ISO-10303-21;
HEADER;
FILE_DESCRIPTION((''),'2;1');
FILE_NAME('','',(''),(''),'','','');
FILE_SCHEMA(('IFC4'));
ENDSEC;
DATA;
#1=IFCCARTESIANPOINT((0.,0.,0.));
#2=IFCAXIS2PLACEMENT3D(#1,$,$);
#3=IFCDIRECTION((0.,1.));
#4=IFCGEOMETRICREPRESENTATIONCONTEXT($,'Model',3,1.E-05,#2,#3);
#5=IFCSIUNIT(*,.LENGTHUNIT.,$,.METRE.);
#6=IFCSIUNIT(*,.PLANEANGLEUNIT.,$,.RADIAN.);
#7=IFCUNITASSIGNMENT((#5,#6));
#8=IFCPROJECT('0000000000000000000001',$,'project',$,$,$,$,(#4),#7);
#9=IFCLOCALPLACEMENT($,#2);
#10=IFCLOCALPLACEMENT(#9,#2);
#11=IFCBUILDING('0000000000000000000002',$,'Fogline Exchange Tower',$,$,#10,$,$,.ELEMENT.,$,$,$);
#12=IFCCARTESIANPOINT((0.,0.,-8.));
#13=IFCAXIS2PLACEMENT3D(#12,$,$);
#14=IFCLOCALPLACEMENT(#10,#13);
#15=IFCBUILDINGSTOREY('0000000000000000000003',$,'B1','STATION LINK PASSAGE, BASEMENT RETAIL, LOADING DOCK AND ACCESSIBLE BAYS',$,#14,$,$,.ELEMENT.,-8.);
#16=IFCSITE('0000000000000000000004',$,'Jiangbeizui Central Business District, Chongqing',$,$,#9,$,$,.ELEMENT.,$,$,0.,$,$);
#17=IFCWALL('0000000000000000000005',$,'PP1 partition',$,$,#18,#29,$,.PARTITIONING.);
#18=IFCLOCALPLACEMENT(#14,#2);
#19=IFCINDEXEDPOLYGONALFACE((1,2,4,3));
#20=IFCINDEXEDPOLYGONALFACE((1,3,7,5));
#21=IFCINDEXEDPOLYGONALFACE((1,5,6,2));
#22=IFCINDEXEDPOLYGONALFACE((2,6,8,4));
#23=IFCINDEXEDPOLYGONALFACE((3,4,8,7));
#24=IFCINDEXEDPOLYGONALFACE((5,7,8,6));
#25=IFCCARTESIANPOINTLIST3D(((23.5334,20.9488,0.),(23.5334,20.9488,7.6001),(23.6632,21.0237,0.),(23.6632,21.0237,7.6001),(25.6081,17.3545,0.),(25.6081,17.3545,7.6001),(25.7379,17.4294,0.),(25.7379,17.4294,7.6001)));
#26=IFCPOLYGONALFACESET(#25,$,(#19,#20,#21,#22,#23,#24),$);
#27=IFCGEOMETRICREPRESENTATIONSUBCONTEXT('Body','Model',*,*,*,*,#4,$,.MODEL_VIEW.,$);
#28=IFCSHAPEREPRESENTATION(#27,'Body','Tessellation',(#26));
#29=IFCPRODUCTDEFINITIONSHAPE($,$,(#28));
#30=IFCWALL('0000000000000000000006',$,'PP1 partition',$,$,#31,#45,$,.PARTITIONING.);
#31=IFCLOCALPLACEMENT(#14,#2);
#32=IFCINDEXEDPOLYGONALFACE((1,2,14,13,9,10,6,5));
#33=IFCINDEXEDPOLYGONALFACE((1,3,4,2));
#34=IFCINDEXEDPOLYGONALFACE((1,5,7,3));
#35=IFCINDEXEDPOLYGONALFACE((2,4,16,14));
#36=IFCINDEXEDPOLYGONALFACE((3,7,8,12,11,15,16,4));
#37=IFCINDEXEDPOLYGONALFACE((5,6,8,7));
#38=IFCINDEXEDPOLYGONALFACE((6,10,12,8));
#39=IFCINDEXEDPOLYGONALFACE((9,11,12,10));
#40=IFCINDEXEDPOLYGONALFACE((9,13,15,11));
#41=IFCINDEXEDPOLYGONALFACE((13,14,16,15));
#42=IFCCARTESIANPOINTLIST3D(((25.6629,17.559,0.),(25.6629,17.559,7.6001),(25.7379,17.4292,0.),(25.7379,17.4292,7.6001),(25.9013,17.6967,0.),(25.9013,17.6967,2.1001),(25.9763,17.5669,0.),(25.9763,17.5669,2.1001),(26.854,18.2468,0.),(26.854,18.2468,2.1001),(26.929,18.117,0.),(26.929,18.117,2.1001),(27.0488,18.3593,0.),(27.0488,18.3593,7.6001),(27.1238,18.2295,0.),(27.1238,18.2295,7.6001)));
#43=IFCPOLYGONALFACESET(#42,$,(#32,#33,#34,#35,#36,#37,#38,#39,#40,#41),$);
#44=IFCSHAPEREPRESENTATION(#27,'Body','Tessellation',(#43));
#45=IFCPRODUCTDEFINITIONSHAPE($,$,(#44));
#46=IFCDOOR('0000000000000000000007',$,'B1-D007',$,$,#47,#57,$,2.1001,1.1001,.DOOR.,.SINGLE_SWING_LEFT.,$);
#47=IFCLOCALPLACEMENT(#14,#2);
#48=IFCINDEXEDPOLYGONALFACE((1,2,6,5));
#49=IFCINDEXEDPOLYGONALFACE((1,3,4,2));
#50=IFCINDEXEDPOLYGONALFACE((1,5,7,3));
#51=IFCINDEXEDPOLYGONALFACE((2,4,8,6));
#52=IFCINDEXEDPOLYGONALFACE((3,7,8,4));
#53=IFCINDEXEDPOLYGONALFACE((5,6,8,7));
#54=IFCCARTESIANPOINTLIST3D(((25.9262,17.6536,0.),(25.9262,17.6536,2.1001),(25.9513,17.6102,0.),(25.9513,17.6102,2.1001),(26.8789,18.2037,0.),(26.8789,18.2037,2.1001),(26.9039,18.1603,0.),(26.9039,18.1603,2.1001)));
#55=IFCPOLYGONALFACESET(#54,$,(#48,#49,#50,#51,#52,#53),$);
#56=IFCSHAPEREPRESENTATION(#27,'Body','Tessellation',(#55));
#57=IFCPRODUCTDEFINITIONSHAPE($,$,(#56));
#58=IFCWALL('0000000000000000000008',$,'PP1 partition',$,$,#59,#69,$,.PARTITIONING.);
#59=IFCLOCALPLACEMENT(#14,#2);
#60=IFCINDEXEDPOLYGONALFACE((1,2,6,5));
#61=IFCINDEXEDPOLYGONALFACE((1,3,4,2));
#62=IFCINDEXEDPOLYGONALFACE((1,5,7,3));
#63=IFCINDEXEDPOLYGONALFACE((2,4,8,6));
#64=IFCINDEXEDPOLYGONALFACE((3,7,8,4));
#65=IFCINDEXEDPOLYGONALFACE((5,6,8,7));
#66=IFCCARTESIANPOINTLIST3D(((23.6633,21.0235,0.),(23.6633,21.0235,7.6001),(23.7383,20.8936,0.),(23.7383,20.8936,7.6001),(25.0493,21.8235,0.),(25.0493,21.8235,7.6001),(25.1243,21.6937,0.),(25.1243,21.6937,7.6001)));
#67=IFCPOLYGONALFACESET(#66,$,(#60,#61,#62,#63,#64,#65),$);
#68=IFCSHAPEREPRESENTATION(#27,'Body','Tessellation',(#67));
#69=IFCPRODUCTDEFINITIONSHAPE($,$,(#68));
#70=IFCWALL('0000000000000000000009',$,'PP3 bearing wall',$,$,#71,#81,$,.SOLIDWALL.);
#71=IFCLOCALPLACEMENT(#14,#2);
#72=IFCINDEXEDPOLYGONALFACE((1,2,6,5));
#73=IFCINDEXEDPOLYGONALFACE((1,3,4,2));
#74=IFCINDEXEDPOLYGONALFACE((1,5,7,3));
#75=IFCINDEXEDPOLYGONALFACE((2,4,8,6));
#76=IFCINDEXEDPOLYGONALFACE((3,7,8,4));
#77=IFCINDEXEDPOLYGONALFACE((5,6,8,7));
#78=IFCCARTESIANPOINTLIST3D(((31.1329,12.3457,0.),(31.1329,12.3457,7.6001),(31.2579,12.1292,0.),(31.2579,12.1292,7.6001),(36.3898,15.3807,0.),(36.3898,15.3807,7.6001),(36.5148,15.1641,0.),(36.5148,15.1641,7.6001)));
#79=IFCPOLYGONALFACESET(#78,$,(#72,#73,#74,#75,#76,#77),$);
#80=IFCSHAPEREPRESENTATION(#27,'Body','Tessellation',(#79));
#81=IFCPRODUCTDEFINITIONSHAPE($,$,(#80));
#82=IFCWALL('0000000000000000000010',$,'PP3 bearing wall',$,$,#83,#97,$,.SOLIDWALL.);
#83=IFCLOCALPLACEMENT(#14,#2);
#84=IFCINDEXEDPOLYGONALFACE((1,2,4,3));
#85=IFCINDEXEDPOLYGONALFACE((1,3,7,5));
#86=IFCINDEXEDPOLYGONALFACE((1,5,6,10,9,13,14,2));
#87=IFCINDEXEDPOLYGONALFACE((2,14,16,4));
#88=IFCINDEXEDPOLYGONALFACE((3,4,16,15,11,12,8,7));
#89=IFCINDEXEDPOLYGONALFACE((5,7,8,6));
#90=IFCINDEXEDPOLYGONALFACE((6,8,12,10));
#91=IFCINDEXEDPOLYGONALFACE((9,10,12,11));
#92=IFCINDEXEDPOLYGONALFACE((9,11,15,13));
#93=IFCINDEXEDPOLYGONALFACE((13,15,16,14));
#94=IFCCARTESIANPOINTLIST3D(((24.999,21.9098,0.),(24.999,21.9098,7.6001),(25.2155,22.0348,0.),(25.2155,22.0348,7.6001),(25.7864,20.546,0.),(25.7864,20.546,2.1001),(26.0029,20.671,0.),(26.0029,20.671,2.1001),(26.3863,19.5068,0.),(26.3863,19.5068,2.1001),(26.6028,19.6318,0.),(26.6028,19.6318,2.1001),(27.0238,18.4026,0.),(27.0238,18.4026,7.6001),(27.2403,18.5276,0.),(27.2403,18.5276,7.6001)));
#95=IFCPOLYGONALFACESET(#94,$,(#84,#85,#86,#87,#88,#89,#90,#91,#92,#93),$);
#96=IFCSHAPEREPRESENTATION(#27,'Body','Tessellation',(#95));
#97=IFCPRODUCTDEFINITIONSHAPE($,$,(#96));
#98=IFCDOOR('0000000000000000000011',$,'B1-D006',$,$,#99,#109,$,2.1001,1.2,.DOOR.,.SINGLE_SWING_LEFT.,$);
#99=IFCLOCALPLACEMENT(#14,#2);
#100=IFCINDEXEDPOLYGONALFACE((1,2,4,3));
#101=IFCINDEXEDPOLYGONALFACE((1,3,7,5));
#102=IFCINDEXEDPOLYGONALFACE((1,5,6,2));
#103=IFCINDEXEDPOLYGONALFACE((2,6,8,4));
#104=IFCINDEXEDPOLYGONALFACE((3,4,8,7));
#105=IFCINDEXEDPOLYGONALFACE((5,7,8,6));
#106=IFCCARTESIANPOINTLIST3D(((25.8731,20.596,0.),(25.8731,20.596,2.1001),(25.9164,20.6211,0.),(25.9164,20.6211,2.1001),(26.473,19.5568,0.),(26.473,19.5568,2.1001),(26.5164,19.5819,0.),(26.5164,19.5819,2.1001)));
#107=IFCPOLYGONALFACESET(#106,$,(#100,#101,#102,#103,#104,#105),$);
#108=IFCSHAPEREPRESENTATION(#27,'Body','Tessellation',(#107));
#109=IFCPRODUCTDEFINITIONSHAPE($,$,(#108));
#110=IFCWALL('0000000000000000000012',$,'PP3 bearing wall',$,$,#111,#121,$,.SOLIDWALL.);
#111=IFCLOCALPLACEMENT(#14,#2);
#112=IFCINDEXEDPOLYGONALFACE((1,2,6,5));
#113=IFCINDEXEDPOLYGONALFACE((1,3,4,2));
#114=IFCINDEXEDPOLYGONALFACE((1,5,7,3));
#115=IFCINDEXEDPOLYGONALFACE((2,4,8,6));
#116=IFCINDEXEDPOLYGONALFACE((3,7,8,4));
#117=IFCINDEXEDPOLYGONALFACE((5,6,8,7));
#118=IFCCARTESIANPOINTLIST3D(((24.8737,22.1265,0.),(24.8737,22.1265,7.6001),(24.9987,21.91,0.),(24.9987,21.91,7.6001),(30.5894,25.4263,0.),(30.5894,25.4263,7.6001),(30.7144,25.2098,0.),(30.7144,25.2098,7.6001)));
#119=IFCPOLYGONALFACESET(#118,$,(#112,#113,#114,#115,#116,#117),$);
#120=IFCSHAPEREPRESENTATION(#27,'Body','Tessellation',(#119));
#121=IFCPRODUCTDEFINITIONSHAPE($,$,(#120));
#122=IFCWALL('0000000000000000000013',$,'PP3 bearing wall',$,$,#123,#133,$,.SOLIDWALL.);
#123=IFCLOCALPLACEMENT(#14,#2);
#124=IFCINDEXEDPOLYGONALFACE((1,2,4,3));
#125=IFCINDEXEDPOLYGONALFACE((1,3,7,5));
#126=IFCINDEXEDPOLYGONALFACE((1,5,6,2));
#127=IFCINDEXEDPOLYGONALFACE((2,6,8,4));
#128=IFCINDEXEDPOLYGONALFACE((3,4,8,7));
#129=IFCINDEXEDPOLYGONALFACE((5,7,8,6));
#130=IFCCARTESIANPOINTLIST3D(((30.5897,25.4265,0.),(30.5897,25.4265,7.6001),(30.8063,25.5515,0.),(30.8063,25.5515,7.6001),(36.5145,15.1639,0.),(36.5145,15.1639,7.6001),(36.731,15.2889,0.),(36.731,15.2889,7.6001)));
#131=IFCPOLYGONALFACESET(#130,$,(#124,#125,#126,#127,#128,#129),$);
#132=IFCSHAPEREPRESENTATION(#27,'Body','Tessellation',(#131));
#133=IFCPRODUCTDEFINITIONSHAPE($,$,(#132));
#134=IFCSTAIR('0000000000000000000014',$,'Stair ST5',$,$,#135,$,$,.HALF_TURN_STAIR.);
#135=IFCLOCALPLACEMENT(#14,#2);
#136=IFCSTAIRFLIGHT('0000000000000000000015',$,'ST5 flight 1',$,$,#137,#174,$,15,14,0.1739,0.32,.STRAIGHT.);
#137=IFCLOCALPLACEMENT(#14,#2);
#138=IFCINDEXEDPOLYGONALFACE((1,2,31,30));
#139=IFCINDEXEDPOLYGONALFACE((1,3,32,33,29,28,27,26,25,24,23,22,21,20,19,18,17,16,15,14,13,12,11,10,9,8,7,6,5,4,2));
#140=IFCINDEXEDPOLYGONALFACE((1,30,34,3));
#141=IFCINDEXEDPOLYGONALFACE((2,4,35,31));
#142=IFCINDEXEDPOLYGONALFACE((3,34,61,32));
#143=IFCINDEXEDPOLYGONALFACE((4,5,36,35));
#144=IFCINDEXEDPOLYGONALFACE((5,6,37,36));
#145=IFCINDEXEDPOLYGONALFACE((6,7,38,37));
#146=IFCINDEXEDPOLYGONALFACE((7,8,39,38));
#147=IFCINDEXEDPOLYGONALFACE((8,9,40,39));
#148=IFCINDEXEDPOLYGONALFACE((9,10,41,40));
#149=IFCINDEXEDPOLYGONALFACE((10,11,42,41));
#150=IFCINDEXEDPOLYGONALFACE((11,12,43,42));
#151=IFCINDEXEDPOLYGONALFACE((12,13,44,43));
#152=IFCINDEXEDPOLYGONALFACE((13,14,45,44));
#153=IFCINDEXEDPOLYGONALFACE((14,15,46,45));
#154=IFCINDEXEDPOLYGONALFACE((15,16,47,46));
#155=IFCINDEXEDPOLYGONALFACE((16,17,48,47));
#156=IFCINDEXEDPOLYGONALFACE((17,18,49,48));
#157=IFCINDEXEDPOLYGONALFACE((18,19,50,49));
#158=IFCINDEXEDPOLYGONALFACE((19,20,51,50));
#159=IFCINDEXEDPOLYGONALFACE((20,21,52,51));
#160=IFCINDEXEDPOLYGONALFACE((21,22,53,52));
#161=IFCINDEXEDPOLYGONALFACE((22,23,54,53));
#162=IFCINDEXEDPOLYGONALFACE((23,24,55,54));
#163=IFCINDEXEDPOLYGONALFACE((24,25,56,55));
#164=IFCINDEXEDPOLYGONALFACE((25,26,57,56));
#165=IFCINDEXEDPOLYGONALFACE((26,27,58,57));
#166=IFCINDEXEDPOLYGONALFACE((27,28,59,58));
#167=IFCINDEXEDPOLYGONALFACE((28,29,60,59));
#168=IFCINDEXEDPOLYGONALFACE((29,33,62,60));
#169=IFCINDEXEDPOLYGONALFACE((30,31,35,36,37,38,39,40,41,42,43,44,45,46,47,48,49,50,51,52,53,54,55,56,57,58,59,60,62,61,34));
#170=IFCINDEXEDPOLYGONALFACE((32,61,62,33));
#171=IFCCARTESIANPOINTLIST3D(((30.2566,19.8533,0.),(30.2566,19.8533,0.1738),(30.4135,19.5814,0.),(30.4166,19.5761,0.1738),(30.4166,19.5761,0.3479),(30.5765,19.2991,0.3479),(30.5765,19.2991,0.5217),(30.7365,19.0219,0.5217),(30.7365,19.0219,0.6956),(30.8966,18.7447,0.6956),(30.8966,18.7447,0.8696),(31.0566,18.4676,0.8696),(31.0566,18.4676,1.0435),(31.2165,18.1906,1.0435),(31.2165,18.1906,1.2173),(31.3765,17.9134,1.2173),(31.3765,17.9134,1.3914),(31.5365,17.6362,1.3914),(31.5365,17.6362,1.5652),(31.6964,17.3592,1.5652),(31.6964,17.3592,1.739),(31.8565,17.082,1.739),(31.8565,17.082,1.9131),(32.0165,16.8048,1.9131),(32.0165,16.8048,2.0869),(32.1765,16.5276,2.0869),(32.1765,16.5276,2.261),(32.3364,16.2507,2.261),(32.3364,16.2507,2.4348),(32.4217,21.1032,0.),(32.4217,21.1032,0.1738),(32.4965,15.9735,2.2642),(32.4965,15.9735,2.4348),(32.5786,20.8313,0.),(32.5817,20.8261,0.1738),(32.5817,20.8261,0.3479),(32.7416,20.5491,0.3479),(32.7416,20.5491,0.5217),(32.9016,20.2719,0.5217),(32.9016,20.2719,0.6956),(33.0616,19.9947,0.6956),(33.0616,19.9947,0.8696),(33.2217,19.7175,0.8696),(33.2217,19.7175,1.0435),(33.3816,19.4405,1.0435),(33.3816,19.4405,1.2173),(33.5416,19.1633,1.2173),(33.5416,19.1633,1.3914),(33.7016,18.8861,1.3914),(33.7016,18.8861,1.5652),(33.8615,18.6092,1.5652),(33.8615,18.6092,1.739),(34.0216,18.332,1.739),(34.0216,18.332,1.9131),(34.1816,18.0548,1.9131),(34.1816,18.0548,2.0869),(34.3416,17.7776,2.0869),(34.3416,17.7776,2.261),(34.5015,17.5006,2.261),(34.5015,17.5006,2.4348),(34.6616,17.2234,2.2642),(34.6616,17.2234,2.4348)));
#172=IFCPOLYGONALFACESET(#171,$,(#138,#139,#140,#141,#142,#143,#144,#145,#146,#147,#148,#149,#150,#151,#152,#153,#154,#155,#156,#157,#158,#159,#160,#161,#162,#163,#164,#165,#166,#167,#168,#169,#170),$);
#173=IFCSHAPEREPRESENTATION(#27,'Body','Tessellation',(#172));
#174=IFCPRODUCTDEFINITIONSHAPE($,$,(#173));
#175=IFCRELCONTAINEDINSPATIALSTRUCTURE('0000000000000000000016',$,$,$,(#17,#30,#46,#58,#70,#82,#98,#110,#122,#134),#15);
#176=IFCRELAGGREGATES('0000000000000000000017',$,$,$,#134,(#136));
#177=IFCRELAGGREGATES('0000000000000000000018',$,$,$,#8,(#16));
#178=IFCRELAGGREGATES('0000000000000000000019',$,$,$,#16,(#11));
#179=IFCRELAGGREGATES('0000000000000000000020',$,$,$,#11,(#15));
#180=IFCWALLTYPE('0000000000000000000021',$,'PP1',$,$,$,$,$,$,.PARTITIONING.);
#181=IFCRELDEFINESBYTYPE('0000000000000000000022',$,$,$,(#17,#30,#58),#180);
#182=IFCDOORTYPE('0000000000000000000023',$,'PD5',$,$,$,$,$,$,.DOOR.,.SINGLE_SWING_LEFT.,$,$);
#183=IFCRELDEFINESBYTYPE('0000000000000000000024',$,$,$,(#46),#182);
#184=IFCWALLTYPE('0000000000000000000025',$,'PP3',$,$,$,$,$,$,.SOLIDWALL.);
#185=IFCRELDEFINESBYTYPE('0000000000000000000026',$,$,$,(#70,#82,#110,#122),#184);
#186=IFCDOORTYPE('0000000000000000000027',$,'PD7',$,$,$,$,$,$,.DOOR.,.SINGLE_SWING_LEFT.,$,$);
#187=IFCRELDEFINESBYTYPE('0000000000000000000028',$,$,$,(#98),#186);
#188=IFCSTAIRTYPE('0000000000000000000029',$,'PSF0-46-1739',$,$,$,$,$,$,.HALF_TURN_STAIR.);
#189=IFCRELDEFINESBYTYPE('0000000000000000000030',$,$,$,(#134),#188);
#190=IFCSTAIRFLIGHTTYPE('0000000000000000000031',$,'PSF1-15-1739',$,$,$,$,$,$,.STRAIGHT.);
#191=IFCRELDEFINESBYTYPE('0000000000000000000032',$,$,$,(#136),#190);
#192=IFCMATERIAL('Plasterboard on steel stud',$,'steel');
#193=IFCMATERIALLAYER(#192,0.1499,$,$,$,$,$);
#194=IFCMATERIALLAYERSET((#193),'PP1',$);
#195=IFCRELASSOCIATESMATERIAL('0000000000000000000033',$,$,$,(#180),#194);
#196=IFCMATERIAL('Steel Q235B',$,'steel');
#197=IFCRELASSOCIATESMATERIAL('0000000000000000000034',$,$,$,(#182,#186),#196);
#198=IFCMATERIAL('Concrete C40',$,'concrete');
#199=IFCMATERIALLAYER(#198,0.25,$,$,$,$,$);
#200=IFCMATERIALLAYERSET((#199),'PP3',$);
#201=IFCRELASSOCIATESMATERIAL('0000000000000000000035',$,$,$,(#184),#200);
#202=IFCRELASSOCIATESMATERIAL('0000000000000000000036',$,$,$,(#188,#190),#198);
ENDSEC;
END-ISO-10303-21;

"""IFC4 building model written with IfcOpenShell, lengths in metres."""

from ifc_helpers import new_model, si_unit, direction, frame, frame_2d, origin, place, context, subcontext, project, spatial, polyline, rectangle, outline, extrude, material, layer, layer_set, type_object, element, fill, aggregate, save


model = new_model("IFC4")

# Units and contexts
model_context = context("Model", 3, precision=1e-05, world=origin(), true_north=direction((0.0, 1.0)))
body_context = subcontext(model_context, "Body", "Model", "MODEL_VIEW")
ifc_project = project(units=[si_unit("LENGTHUNIT", "METRE"), si_unit("PLANEANGLEUNIT", "RADIAN")], contexts=[model_context])

# Site, building, storey
site_placement = place(None, origin())
site = spatial("IfcSite", under=ifc_project, at=site_placement, Name="Jiangbeizui Central Business District, Chongqing", CompositionType="ELEMENT", RefElevation=0.0)
building_placement = place(site_placement, origin())
building = spatial("IfcBuilding", under=site, at=building_placement, Name="Fogline Exchange Tower", CompositionType="ELEMENT")
storey_placement = place(building_placement, frame((0.0, 0.0, -8.0)))
storey = spatial("IfcBuildingStorey", under=building, at=storey_placement, Name="B1", Description="STATION LINK PASSAGE, BASEMENT RETAIL, LOADING DOCK AND ACCESSIBLE BAYS", CompositionType="ELEMENT", Elevation=-8.0)

# Wall
ifc_material_1 = material(Name="Plasterboard on steel stud", Category="steel")
ifc_layer_1 = layer(ifc_material_1, 0.1499)
ifc_layer_set_1 = layer_set([ifc_layer_1], Name="PP1")
wall_type_1 = type_object("IfcWallType", Name="PP1", PredefinedType="PARTITIONING", material=ifc_layer_set_1)
wall_1_placement = place(storey_placement, frame((25.6731, 17.3918, 0.0), z_axis=(0.0, 0.0, 1.0), x_axis=(-0.499923, 0.86607, 0.0)))
element("IfcWall", 1, at=wall_1_placement, inside=storey, type_object=wall_type_1, Name="PP1 partition", PredefinedType="PARTITIONING", context=body_context, shape_type="SweptSolid", body=[
    extrude(rectangle(XDim=4.1501, YDim=0.1499, at=frame_2d((2.0752, 0.0))), origin(), (0.0, 0.0, 1.0), 7.6001),
])

# Wall, opening, door
wall_2_placement = place(storey_placement, frame((27.0864, 18.2944, 0.0), z_axis=(0.0, 0.0, 1.0), x_axis=(-0.866, -0.500044, 0.0)))
wall_2 = element("IfcWall", 2, at=wall_2_placement, inside=storey, type_object=wall_type_1, Name="PP1 partition", PredefinedType="PARTITIONING", context=body_context, shape_type="SweptSolid", body=[
    extrude(rectangle(XDim=1.6003, YDim=0.1499, at=frame_2d((0.8003, 0.0))), origin(), (0.0, 0.0, 1.0), 7.6001),
])
opening_1_placement = place(wall_2_placement, frame((0.2251, 0.0, 0.0)))
opening_1 = element("IfcOpeningElement", 3, at=opening_1_placement, cuts=wall_2, PredefinedType="OPENING", context=body_context, shape_type="SweptSolid", body=[
    extrude(rectangle(XDim=1.1001, YDim=2.1001, at=frame_2d((0.55, 1.05))), frame((0.0, 0.085, 0.0), z_axis=(0.0, -1.0, 0.0), x_axis=(1.0, 0.0, 0.0)), (0.0, 0.0, 1.0), 0.1699),
])
ifc_material_2 = material(Name="Steel Q235B", Category="steel")
door_type_1 = type_object("IfcDoorType", Name="PD5", OperationType="SINGLE_SWING_LEFT", PredefinedType="DOOR", material=ifc_material_2)
door_1_placement = place(opening_1_placement, origin())
door_1 = element("IfcDoor", 4, at=door_1_placement, inside=storey, type_object=door_type_1, Name="B1-D007", OperationType="SINGLE_SWING_LEFT", OverallHeight=2.1001, OverallWidth=1.1001, PredefinedType="DOOR", context=body_context, shape_type="SweptSolid", body=[
    extrude(rectangle(XDim=1.1001, YDim=2.1001, at=frame_2d((0.55, 1.05))), frame((0.0, 0.0249, 0.0), z_axis=(0.0, -1.0, 0.0), x_axis=(1.0, 0.0, 0.0)), (0.0, 0.0, 1.0), 0.05),
])
fill(opening_1, door_1)

# Walls
wall_3_placement = place(storey_placement, frame((23.7007, 20.9585, 0.0), z_axis=(0.0, 0.0, 1.0), x_axis=(0.866066, 0.499929, 0.0)))
element("IfcWall", 5, at=wall_3_placement, inside=storey, type_object=wall_type_1, Name="PP1 partition", PredefinedType="PARTITIONING", context=body_context, shape_type="SweptSolid", body=[
    extrude(rectangle(XDim=1.6003, YDim=0.1499, at=frame_2d((0.8003, 0.0))), origin(), (0.0, 0.0, 1.0), 7.6001),
])
ifc_material_3 = material(Name="Concrete C40", Category="concrete")
ifc_layer_2 = layer(ifc_material_3, 0.25)
ifc_layer_set_2 = layer_set([ifc_layer_2], Name="PP3")
wall_type_2 = type_object("IfcWallType", Name="PP3", PredefinedType="SOLIDWALL", material=ifc_layer_set_2)
wall_4_placement = place(storey_placement, frame((36.4524, 15.2725, 0.0), z_axis=(0.0, 0.0, 1.0), x_axis=(-0.866034, -0.499985, 0.0)))
element("IfcWall", 6, at=wall_4_placement, inside=storey, type_object=wall_type_2, Name="PP3 bearing wall", PredefinedType="SOLIDWALL", context=body_context, shape_type="SweptSolid", body=[
    extrude(rectangle(XDim=6.0701, YDim=0.25, at=frame_2d((3.0352, 0.0))), origin(), (0.0, 0.0, 1.0), 7.6001),
])

# Wall, opening, door
wall_5_placement = place(storey_placement, frame((27.1321, 18.4651, 0.0), z_axis=(0.0, 0.0, 1.0), x_axis=(-0.49999, 0.866031, 0.0)))
wall_5 = element("IfcWall", 7, at=wall_5_placement, inside=storey, type_object=wall_type_2, Name="PP3 bearing wall", PredefinedType="SOLIDWALL", context=body_context, shape_type="SweptSolid", body=[
    extrude(rectangle(XDim=4.0498, YDim=0.25, at=frame_2d((2.0249, 0.0))), origin(), (0.0, 0.0, 1.0), 7.6001),
])
opening_2_placement = place(wall_5_placement, frame((1.2749, 0.0, 0.0)))
opening_2 = element("IfcOpeningElement", 8, at=opening_2_placement, cuts=wall_5, PredefinedType="OPENING", context=body_context, shape_type="SweptSolid", body=[
    extrude(rectangle(XDim=1.2, YDim=2.1001, at=frame_2d((0.6001, 1.05))), frame((0.0, 0.135, 0.0), z_axis=(0.0, -1.0, 0.0), x_axis=(1.0, 0.0, 0.0)), (0.0, 0.0, 1.0), 0.27),
])
door_type_2 = type_object("IfcDoorType", Name="PD7", OperationType="SINGLE_SWING_LEFT", PredefinedType="DOOR", material=ifc_material_2)
door_2_placement = place(opening_2_placement, origin())
door_2 = element("IfcDoor", 9, at=door_2_placement, inside=storey, type_object=door_type_2, Name="B1-D006", OperationType="SINGLE_SWING_LEFT", OverallHeight=2.1001, OverallWidth=1.2, PredefinedType="DOOR", context=body_context, shape_type="SweptSolid", body=[
    extrude(rectangle(XDim=1.2, YDim=2.1001, at=frame_2d((0.6001, 1.05))), frame((0.0, 0.0249, 0.0), z_axis=(0.0, -1.0, 0.0), x_axis=(1.0, 0.0, 0.0)), (0.0, 0.0, 1.0), 0.05),
])
fill(opening_2, door_2)

# Walls
wall_6_placement = place(storey_placement, frame((24.9363, 22.0183, 0.0), z_axis=(0.0, 0.0, 1.0), x_axis=(0.86604, 0.499974, 0.0)))
element("IfcWall", 10, at=wall_6_placement, inside=storey, type_object=wall_type_2, Name="PP3 bearing wall", PredefinedType="SOLIDWALL", context=body_context, shape_type="SweptSolid", body=[
    extrude(rectangle(XDim=6.5999, YDim=0.25, at=frame_2d((3.2998, 0.0))), origin(), (0.0, 0.0, 1.0), 7.6001),
])
wall_7_placement = place(storey_placement, frame((30.698, 25.489, 0.0), z_axis=(0.0, 0.0, 1.0), x_axis=(0.499977, -0.866039, 0.0)))
element("IfcWall", 11, at=wall_7_placement, inside=storey, type_object=wall_type_2, Name="PP3 bearing wall", PredefinedType="SOLIDWALL", context=body_context, shape_type="SweptSolid", body=[
    extrude(rectangle(XDim=11.8501, YDim=0.25, at=frame_2d((5.925, 0.0))), origin(), (0.0, 0.0, 1.0), 7.6001),
])

# Stair, stair flight
stair_type = type_object("IfcStairType", Name="PSF0-46-1739", PredefinedType="HALF_TURN_STAIR", material=ifc_material_3)
stair_placement = place(storey_placement, origin())
stair = element("IfcStair", 12, at=stair_placement, inside=storey, type_object=stair_type, Name="Stair ST5", PredefinedType="HALF_TURN_STAIR")
stair_flight_type_1 = type_object("IfcStairFlightType", Name="PSF1-15-1739", PredefinedType="STRAIGHT", material=ifc_material_3)
stair_flight_1_placement = place(storey_placement, frame((31.3391, 20.4783, 0.0), z_axis=(0.0, 0.0, 1.0), x_axis=(0.499979, -0.866037, 0.0)))
stair_flight_1 = element("IfcStairFlight", 13, at=stair_flight_1_placement, type_object=stair_flight_type_1, Name="ST5 flight 1", NumberOfRisers=15, NumberOfTreads=14, PredefinedType="STRAIGHT", RiserHeight=0.1739, TreadLength=0.32, context=body_context, shape_type="SweptSolid", body=[
    extrude(outline(polyline([(0.0, 0.0), (0.0, 0.1738), (0.3201, 0.1738), (0.3201, 0.3479), (0.6399, 0.3479), (0.6399, 0.5217), (0.96, 0.5217), (0.96, 0.6956), (1.28, 0.6956), (1.28, 0.8696), (1.6001, 0.8696), (1.6001, 1.0435), (1.9199, 1.0435), (1.9199, 1.2173), (2.24, 1.2173), (2.24, 1.3914), (2.5601, 1.3914), (2.5601, 1.5652), (2.8799, 1.5652), (2.8799, 1.739), (3.2, 1.739), (3.2, 1.9131), (3.52, 1.9131), (3.52, 2.0869), (3.8401, 2.0869), (3.8401, 2.261), (4.1599, 2.261), (4.1599, 2.4348), (4.48, 2.4348), (4.48, 2.6086), (4.48, 2.2642), (0.314, 0.0), (0.0, 0.0)])), frame((0.0, 1.25, 0.0), z_axis=(0.0, -1.0, 0.0), x_axis=(1.0, 0.0, 0.0)), (0.0, 0.0, 1.0), 2.5),
])
aggregate(stair, [stair_flight_1])

save(model, "model.ifc")
